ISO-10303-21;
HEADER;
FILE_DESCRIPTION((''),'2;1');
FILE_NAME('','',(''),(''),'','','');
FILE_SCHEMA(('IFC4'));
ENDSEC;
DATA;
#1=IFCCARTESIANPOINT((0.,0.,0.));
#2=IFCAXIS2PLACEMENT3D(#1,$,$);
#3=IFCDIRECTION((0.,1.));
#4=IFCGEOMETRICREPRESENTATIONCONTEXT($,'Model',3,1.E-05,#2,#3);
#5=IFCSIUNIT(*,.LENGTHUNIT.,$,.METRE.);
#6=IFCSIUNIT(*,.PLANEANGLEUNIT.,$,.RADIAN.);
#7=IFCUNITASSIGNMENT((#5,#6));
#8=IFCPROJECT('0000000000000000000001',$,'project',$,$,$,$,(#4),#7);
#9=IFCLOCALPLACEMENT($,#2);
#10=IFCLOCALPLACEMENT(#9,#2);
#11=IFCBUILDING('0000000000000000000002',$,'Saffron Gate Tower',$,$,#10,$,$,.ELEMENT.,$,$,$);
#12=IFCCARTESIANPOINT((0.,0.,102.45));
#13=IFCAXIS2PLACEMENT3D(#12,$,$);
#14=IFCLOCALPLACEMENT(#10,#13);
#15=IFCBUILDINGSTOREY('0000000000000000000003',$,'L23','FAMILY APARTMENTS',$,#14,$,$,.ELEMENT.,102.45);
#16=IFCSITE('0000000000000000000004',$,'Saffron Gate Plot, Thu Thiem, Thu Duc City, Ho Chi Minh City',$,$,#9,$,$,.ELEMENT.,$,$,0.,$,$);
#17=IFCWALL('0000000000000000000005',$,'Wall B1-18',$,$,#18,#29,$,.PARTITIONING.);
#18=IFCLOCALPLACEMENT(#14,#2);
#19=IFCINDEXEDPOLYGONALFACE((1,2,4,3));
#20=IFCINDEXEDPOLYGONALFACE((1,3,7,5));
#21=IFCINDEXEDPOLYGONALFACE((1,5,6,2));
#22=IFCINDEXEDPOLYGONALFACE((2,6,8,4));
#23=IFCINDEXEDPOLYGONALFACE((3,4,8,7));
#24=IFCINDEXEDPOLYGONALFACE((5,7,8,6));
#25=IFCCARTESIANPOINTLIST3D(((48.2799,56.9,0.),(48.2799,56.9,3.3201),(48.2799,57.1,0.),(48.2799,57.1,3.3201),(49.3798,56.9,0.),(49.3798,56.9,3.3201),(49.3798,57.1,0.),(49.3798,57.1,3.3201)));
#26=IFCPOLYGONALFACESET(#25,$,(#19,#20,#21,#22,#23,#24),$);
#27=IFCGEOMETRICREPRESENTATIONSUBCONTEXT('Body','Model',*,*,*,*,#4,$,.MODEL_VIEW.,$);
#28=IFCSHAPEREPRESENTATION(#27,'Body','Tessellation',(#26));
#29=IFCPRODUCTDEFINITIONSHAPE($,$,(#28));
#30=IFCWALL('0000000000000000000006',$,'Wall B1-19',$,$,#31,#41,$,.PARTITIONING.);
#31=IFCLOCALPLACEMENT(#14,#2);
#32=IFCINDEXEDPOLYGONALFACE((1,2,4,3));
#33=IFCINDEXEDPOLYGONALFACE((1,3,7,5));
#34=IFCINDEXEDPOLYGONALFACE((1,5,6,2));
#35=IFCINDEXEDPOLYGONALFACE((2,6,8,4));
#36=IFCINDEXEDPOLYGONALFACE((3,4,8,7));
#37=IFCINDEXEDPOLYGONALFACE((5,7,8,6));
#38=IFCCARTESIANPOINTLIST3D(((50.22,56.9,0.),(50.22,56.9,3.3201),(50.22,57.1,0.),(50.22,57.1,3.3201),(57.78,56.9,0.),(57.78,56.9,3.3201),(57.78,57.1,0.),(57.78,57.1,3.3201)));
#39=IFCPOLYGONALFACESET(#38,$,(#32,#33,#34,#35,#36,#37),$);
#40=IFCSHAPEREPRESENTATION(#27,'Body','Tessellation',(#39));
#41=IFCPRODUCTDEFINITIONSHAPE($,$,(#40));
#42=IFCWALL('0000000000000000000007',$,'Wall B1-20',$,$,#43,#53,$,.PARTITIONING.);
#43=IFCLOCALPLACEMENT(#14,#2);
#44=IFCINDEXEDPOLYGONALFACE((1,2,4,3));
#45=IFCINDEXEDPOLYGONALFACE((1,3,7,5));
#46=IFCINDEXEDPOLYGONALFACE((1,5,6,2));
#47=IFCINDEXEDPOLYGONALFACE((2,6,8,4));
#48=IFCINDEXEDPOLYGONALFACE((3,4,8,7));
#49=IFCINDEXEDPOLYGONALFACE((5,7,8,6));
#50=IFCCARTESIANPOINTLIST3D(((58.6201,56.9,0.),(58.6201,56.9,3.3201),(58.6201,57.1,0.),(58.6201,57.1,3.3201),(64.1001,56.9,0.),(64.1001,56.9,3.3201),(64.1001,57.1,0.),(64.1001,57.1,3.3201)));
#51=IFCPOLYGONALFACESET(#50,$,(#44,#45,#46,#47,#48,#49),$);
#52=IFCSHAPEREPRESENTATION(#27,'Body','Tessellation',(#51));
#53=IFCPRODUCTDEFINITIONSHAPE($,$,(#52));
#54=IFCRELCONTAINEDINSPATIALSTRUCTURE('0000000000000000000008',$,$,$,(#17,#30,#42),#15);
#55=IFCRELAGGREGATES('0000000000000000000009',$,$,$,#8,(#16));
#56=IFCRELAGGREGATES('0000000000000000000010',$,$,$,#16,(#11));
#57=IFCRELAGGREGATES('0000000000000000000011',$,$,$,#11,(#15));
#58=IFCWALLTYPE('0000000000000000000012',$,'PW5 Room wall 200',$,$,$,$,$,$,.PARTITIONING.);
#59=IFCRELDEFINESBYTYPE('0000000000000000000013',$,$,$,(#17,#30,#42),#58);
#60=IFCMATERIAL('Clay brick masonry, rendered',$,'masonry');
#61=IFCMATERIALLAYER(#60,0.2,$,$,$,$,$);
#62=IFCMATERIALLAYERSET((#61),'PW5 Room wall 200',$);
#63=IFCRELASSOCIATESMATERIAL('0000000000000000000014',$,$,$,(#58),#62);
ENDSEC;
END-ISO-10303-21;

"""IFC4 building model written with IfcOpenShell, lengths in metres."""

from ifc_helpers import new_model, si_unit, direction, frame, frame_2d, origin, place, context, subcontext, project, spatial, rectangle, extrude, material, layer, layer_set, type_object, element, save


model = new_model("IFC4")

# Units and contexts
model_context = context("Model", 3, precision=1e-05, world=origin(), true_north=direction((0.0, 1.0)))
body_context = subcontext(model_context, "Body", "Model", "MODEL_VIEW")
ifc_project = project(units=[si_unit("LENGTHUNIT", "METRE"), si_unit("PLANEANGLEUNIT", "RADIAN")], contexts=[model_context])

# Site, building, storey
site_placement = place(None, origin())
site = spatial("IfcSite", under=ifc_project, at=site_placement, Name="Saffron Gate Plot, Thu Thiem, Thu Duc City, Ho Chi Minh City", CompositionType="ELEMENT", RefElevation=0.0)
building_placement = place(site_placement, origin())
building = spatial("IfcBuilding", under=site, at=building_placement, Name="Saffron Gate Tower", CompositionType="ELEMENT")
storey_placement = place(building_placement, frame((0.0, 0.0, 102.45)))
storey = spatial("IfcBuildingStorey", under=building, at=storey_placement, Name="L23", Description="FAMILY APARTMENTS", CompositionType="ELEMENT", Elevation=102.45)

# Walls
ifc_material_1 = material(Name="Clay brick masonry, rendered", Category="masonry")
ifc_layer_1 = layer(ifc_material_1, 0.2)
ifc_layer_set_1 = layer_set([ifc_layer_1], Name="PW5 Room wall 200")
wall_type_1 = type_object("IfcWallType", Name="PW5 Room wall 200", PredefinedType="PARTITIONING", material=ifc_layer_set_1)
wall_1_placement = place(storey_placement, frame((48.28, 57.0, 0.0), z_axis=(0.0, 0.0, 1.0), x_axis=(1.0, 0.0, 0.0)))
element("IfcWall", 1, at=wall_1_placement, inside=storey, type_object=wall_type_1, Name="Wall B1-18", PredefinedType="PARTITIONING", context=body_context, shape_type="SweptSolid", body=[
    extrude(rectangle(XDim=1.0999, YDim=0.2, at=frame_2d((0.5498, 0.0))), origin(), (0.0, 0.0, 1.0), 3.3201),
])
wall_2_placement = place(storey_placement, frame((50.22, 57.0, 0.0), z_axis=(0.0, 0.0, 1.0), x_axis=(1.0, 0.0, 0.0)))
element("IfcWall", 2, at=wall_2_placement, inside=storey, type_object=wall_type_1, Name="Wall B1-19", PredefinedType="PARTITIONING", context=body_context, shape_type="SweptSolid", body=[
    extrude(rectangle(XDim=7.5601, YDim=0.2, at=frame_2d((3.78, 0.0))), origin(), (0.0, 0.0, 1.0), 3.3201),
])
wall_3_placement = place(storey_placement, frame((58.6201, 57.0, 0.0), z_axis=(0.0, 0.0, 1.0), x_axis=(1.0, 0.0, 0.0)))
element("IfcWall", 3, at=wall_3_placement, inside=storey, type_object=wall_type_1, Name="Wall B1-20", PredefinedType="PARTITIONING", context=body_context, shape_type="SweptSolid", body=[
    extrude(rectangle(XDim=5.48, YDim=0.2, at=frame_2d((2.74, 0.0))), origin(), (0.0, 0.0, 1.0), 3.3201),
])

save(model, "model.ifc")
